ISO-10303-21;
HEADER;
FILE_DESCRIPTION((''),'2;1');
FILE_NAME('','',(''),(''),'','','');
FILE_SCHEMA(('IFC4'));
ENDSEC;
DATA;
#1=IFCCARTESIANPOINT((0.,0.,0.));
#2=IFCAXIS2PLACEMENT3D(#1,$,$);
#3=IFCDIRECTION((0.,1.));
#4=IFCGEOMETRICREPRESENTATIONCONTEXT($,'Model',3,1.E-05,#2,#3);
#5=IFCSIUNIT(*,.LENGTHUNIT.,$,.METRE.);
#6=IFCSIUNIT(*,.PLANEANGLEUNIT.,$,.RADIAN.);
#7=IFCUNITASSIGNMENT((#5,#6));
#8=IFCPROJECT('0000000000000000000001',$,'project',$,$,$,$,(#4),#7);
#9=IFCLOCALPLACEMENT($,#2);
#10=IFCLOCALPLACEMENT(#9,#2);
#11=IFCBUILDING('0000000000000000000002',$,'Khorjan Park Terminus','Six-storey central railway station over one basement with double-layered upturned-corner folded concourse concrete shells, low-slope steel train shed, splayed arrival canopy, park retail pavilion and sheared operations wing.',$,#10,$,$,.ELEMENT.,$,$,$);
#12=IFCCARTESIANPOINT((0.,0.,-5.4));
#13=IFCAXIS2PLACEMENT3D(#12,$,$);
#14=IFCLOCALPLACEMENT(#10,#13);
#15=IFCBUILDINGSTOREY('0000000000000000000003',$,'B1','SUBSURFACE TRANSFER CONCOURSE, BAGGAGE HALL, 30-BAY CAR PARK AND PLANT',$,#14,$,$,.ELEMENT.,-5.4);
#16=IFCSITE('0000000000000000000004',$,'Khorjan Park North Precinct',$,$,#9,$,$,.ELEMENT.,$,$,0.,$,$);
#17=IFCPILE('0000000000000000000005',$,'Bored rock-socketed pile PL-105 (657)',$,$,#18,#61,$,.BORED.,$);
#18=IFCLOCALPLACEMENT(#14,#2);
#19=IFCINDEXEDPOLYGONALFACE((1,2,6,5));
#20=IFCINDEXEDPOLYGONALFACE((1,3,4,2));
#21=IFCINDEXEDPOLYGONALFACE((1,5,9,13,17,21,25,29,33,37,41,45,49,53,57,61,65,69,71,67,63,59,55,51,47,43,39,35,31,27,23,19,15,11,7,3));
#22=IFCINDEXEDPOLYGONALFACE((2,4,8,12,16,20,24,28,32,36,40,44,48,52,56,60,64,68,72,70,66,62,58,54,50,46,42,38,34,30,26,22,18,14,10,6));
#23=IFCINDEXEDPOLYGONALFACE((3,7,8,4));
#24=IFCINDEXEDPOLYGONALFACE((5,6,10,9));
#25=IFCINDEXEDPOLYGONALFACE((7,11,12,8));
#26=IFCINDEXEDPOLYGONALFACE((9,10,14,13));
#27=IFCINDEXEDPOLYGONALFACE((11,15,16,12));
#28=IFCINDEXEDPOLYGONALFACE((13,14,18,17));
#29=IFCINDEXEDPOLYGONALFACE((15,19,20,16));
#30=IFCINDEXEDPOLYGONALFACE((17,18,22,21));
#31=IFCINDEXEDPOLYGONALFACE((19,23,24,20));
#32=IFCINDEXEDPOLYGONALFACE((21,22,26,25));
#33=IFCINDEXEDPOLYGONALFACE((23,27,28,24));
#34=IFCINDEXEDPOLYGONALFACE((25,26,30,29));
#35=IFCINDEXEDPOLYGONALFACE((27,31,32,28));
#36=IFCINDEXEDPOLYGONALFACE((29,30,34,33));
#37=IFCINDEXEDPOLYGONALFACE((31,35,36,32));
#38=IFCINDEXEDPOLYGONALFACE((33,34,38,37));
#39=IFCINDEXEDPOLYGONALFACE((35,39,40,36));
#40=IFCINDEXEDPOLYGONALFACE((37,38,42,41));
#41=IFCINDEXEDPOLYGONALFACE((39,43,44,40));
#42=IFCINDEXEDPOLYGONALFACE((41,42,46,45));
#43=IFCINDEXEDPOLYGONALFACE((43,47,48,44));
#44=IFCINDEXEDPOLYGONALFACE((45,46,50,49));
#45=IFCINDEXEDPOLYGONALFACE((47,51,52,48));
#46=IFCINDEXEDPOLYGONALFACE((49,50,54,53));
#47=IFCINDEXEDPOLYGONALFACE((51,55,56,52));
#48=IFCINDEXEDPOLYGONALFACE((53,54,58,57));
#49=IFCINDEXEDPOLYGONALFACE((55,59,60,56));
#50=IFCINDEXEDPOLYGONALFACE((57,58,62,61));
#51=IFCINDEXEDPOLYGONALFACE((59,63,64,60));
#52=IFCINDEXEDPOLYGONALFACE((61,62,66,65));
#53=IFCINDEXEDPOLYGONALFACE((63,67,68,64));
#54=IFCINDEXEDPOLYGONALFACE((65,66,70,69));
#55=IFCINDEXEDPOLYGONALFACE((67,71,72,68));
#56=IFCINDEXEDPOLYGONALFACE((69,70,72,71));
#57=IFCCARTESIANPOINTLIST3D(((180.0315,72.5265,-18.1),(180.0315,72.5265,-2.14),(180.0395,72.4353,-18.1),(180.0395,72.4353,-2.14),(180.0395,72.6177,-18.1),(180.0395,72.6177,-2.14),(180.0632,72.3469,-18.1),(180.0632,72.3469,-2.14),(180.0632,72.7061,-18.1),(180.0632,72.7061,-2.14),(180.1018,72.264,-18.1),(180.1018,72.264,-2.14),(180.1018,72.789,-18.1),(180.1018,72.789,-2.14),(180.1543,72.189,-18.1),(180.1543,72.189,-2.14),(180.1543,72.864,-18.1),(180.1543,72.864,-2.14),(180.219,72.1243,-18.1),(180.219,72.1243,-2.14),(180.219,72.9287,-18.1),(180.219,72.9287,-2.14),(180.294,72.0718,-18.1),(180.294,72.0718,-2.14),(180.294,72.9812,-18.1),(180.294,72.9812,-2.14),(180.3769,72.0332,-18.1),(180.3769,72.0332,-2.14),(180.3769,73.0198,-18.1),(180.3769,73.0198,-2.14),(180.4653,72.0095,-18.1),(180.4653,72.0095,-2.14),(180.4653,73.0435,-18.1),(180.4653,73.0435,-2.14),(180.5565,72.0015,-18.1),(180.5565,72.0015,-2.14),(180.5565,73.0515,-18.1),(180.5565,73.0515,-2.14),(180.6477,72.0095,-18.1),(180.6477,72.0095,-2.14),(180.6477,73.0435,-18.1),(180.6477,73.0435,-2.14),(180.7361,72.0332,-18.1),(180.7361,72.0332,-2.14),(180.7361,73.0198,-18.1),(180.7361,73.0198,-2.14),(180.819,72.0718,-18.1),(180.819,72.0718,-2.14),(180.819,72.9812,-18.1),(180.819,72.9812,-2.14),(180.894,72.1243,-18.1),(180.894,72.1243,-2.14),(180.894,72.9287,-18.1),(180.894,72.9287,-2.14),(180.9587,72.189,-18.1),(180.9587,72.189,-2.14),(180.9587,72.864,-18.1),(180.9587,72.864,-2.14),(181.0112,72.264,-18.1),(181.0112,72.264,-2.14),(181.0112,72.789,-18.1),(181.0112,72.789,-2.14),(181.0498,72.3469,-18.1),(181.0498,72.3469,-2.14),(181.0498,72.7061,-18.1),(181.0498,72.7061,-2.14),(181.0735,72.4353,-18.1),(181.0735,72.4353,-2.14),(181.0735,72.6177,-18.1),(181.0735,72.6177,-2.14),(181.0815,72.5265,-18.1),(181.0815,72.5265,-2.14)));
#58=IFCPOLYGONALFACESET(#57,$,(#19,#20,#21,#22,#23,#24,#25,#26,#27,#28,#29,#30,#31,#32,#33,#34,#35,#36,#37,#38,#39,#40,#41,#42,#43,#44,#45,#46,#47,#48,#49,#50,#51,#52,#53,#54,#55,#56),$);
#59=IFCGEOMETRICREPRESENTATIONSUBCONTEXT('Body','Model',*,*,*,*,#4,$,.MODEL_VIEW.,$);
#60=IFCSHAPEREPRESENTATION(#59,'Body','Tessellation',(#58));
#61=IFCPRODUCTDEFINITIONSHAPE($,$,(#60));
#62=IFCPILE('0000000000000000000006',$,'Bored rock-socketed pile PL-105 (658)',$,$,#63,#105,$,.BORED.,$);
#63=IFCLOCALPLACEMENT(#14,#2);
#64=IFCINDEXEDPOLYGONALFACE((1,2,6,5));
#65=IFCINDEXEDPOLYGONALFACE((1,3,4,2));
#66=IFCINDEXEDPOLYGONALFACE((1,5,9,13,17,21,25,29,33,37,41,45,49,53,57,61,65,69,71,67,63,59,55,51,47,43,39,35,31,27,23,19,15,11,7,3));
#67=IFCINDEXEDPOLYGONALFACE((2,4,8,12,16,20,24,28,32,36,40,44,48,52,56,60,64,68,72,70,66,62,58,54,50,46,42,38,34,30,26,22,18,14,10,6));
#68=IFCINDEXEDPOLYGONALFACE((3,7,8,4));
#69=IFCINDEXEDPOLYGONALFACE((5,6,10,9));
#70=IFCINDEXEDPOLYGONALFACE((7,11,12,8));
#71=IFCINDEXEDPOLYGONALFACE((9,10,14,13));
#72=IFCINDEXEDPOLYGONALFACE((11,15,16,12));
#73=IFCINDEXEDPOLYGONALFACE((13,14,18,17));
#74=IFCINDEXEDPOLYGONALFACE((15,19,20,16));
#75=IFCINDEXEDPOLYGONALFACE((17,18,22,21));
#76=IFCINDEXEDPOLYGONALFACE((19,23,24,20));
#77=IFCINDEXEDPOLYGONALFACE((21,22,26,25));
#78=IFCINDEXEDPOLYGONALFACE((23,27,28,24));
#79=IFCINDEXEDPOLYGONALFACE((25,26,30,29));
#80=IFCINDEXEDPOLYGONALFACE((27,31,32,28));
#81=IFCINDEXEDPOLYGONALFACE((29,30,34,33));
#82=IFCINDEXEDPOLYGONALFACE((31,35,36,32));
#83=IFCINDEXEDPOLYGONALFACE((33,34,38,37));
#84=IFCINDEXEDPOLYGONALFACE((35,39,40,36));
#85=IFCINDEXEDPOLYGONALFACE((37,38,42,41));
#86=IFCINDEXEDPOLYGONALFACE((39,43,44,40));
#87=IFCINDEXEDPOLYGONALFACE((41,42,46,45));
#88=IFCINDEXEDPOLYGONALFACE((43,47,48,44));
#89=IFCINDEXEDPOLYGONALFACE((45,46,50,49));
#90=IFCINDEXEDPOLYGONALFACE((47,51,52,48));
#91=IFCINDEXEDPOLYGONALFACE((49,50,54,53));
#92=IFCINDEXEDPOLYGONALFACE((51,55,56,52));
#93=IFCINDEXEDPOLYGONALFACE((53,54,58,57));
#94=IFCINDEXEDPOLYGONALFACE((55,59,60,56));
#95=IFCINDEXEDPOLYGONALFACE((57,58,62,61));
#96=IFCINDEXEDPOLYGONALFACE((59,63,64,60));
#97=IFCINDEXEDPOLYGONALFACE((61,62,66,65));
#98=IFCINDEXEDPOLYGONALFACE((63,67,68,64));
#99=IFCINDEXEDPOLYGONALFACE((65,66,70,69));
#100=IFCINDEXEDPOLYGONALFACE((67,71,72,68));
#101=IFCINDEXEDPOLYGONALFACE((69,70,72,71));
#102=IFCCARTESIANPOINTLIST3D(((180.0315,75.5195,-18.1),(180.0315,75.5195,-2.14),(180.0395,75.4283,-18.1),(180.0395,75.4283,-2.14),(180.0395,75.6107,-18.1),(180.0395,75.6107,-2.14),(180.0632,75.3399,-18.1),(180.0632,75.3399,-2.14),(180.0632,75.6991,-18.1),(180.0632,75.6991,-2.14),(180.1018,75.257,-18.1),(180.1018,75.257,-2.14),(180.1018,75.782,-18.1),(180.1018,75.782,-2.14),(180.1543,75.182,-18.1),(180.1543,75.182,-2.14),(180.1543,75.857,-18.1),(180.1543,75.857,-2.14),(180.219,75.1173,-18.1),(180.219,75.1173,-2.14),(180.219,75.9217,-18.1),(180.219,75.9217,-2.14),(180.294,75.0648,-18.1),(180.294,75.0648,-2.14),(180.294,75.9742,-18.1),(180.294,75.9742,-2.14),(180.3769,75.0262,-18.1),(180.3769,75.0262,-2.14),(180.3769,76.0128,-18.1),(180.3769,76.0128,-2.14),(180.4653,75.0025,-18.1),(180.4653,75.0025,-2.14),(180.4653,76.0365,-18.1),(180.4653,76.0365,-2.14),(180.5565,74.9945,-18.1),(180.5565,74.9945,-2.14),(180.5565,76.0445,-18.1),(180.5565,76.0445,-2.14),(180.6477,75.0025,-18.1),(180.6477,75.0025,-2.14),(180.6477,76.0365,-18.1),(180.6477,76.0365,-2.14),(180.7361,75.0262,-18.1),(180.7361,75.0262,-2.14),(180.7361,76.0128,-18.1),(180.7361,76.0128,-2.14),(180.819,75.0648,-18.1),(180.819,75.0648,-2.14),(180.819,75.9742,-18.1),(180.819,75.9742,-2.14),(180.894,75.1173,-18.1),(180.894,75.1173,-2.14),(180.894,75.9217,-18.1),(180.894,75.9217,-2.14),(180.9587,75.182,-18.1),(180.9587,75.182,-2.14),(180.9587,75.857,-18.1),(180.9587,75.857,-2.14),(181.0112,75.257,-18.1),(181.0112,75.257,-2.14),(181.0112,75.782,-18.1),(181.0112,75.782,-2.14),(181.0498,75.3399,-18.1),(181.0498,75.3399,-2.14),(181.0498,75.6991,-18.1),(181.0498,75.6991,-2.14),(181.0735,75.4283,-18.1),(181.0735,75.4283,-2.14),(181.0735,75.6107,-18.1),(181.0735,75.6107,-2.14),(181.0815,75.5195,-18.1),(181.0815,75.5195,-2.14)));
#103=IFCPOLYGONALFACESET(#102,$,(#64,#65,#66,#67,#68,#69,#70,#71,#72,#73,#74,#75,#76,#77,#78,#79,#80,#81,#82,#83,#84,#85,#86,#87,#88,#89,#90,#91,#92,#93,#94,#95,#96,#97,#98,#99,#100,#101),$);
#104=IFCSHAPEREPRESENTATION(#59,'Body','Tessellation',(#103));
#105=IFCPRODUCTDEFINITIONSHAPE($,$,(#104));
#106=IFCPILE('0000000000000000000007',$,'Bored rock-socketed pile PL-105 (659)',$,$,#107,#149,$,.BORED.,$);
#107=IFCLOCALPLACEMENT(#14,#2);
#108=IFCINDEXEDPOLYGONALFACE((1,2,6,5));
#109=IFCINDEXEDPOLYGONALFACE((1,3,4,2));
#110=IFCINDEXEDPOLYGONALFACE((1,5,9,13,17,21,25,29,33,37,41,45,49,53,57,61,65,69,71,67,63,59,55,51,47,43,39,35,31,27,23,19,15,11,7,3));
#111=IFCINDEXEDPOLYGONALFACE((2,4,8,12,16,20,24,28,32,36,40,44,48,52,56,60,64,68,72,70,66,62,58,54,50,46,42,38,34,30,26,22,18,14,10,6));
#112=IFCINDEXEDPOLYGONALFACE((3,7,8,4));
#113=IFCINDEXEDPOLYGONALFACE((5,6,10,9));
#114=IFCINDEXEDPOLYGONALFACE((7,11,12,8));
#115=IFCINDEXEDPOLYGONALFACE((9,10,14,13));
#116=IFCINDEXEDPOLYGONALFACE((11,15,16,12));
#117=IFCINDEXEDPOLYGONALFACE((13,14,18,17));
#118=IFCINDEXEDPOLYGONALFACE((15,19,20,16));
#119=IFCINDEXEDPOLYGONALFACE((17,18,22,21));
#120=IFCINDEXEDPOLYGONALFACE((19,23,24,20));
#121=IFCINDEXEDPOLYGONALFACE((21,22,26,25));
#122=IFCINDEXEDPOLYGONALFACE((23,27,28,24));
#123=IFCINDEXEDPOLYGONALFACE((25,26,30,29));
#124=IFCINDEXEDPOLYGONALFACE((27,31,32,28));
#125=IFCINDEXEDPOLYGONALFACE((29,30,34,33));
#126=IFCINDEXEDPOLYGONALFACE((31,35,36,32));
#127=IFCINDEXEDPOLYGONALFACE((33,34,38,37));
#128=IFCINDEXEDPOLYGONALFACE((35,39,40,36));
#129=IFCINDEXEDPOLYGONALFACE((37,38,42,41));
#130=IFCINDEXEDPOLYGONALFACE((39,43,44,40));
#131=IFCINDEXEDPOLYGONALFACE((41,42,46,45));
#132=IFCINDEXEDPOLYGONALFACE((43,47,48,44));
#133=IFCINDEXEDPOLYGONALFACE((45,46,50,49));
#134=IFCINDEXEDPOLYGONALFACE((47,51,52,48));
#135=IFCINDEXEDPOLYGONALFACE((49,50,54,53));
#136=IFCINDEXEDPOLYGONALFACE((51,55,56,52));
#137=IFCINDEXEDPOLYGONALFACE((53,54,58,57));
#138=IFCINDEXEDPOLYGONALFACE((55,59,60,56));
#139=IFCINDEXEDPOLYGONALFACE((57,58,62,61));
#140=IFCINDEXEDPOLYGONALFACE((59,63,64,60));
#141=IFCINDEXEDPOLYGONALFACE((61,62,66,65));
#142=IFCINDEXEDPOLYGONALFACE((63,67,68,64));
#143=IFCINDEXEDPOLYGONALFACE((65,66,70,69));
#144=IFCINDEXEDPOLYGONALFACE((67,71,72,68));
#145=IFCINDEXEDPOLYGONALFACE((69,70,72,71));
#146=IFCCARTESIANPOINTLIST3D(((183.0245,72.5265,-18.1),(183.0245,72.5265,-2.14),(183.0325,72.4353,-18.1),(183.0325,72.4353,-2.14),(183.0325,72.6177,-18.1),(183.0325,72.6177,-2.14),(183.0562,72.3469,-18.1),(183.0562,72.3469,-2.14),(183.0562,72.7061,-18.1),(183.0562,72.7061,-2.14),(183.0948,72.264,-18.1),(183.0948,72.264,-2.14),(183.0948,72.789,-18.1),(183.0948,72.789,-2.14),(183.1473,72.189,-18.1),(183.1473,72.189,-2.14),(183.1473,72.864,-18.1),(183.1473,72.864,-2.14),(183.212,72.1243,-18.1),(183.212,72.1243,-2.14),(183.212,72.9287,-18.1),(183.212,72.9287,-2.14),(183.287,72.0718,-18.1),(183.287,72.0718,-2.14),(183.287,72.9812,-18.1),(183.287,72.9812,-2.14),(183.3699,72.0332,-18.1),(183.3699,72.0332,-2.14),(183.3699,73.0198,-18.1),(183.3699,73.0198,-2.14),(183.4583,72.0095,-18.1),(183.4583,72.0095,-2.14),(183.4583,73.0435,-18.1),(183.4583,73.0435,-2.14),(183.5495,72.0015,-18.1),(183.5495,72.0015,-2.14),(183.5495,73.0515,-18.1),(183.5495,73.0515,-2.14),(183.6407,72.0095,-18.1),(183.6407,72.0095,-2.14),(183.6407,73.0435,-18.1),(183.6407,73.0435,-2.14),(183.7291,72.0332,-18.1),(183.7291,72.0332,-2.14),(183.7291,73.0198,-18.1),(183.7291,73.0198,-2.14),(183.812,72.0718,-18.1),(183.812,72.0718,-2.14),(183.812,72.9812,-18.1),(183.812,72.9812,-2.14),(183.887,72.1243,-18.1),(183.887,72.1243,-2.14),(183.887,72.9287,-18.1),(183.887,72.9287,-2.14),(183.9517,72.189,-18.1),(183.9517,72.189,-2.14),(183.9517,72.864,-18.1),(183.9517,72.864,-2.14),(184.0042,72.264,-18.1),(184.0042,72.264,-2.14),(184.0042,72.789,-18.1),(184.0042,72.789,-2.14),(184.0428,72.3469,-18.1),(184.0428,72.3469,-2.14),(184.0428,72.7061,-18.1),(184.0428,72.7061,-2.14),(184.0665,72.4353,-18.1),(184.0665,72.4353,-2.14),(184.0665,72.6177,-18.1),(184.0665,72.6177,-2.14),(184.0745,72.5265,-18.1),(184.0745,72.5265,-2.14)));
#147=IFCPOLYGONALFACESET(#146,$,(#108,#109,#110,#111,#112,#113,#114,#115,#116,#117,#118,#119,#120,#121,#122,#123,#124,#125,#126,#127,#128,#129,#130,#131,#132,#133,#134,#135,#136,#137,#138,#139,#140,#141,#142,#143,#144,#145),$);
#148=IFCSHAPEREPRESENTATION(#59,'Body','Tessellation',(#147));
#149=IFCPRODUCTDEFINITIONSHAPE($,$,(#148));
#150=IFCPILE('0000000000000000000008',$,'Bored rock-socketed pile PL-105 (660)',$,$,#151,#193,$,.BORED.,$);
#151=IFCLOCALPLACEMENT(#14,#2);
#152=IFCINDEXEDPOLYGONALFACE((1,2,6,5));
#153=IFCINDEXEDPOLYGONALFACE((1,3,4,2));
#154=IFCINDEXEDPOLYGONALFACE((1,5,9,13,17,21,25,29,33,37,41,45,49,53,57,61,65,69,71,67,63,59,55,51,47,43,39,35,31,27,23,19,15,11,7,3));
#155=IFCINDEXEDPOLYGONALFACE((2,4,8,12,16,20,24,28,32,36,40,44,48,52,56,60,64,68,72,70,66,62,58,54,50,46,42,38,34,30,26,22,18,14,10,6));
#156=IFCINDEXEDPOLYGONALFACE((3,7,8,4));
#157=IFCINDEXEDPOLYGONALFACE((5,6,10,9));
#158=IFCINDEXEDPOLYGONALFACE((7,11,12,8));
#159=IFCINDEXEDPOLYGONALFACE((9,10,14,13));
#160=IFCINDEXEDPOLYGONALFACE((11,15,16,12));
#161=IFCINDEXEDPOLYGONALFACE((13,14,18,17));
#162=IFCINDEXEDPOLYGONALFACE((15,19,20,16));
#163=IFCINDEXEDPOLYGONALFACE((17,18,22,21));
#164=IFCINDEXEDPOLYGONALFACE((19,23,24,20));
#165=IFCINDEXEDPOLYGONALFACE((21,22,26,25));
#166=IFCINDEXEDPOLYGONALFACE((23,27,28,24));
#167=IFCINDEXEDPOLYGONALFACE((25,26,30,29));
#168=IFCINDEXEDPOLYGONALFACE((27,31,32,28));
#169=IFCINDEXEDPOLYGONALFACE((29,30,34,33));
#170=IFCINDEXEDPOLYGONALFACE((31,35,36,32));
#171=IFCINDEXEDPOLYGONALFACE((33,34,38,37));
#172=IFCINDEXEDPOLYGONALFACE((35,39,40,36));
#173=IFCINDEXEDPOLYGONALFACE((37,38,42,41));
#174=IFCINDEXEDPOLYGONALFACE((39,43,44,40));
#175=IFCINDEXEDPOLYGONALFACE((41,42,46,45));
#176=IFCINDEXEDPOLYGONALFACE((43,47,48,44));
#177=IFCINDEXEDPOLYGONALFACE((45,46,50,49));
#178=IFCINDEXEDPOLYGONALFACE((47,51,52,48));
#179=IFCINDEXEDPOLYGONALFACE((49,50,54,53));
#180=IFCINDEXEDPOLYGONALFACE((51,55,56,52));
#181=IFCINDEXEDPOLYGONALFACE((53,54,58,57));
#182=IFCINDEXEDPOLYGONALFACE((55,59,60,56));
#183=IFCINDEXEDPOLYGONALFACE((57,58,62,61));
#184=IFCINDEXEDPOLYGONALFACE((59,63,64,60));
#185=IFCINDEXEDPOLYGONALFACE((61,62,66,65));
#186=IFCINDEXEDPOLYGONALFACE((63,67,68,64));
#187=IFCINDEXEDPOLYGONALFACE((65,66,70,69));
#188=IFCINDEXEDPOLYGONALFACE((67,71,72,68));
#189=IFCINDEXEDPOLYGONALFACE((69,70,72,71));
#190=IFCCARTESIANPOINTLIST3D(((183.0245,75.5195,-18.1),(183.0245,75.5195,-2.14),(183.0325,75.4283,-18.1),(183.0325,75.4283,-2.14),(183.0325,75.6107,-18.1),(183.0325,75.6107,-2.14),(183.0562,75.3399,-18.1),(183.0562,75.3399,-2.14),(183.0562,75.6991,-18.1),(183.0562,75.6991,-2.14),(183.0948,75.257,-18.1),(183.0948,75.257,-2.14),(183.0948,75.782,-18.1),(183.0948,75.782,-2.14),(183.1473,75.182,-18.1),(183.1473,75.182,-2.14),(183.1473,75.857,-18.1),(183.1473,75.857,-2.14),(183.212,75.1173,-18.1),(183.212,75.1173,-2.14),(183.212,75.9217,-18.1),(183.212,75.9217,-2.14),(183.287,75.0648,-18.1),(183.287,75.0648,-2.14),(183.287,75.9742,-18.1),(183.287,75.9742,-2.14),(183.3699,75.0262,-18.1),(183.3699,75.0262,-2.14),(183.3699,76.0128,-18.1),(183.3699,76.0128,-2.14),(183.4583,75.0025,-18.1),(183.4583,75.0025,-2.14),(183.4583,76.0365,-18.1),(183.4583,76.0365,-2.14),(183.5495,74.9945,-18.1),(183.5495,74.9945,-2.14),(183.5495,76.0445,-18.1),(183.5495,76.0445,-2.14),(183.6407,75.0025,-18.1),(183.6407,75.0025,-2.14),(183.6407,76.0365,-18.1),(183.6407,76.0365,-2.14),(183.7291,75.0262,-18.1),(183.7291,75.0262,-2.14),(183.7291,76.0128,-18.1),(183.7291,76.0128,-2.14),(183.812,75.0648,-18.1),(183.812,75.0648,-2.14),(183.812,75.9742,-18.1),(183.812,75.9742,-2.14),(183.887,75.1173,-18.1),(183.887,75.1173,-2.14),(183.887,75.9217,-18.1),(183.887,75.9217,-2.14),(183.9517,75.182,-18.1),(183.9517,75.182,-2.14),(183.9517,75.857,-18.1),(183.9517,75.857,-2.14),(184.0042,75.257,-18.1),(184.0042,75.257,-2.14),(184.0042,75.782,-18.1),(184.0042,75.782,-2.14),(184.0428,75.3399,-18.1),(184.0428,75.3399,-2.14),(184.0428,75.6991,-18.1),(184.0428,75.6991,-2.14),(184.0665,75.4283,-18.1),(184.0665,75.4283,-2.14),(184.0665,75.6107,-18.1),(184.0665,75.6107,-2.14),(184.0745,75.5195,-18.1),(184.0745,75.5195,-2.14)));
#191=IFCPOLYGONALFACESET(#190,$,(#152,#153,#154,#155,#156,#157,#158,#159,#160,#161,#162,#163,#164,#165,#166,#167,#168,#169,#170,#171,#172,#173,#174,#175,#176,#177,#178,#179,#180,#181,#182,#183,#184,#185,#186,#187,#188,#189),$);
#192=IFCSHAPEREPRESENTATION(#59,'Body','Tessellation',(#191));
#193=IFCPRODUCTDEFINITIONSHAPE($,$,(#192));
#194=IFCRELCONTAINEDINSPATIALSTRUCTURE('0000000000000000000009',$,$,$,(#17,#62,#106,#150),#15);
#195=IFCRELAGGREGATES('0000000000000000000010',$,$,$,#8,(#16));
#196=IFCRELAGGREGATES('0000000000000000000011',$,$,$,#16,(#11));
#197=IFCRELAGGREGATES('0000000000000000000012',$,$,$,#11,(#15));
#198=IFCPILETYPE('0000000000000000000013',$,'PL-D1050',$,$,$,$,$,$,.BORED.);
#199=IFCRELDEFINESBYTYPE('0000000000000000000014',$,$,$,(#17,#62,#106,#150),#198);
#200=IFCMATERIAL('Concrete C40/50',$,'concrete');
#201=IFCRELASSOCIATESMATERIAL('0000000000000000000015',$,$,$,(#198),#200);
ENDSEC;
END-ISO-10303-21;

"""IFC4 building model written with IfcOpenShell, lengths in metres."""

from ifc_helpers import new_model, si_unit, direction, frame, origin, origin_2d, place, context, subcontext, project, spatial, circle, extrude, material, material_profile, profile_set, type_object, element, save


model = new_model("IFC4")

# Units and contexts
model_context = context("Model", 3, precision=1e-05, world=origin(), true_north=direction((0.0, 1.0)))
body_context = subcontext(model_context, "Body", "Model", "MODEL_VIEW")
ifc_project = project(units=[si_unit("LENGTHUNIT", "METRE"), si_unit("PLANEANGLEUNIT", "RADIAN")], contexts=[model_context])

# Site, building, storey
site_placement = place(None, origin())
site = spatial("IfcSite", under=ifc_project, at=site_placement, Name="Khorjan Park North Precinct", CompositionType="ELEMENT", RefElevation=0.0)
building_placement = place(site_placement, origin())
building = spatial("IfcBuilding", under=site, at=building_placement, Name="Khorjan Park Terminus", Description="Six-storey central railway station over one basement with double-layered upturned-corner folded concourse concrete shells, low-slope steel train shed, splayed arrival canopy, park retail pavilion and sheared operations wing.", CompositionType="ELEMENT")
storey_placement = place(building_placement, frame((0.0, 0.0, -5.4)))
storey = spatial("IfcBuildingStorey", under=building, at=storey_placement, Name="B1", Description="SUBSURFACE TRANSFER CONCOURSE, BAGGAGE HALL, 30-BAY CAR PARK AND PLANT", CompositionType="ELEMENT", Elevation=-5.4)

# Piles
ifc_material_1 = material(Name="Concrete C40/50", Category="concrete")
ifc_material_profile_1 = material_profile(ifc_material_1, circle(Radius=0.525, at=origin_2d()), Name="BORED D1050")
ifc_profile_set_1 = profile_set([ifc_material_profile_1], Name="Concrete C40/50")
pile_type_1 = type_object("IfcPileType", Name="PL-D1050", PredefinedType="BORED", material=ifc_profile_set_1)
for number, where, z_axis, x_axis, name in (
    (1, (180.5565, 72.5265, -2.14), (0.0, 0.0, -1.0), (1.0, 0.0, 0.0), "Bored rock-socketed pile PL-105 (657)"),
    (2, (180.5565, 75.5195, -2.14), (0.0, 0.0, -1.0), (1.0, 0.0, 0.0), "Bored rock-socketed pile PL-105 (658)"),
    (3, (183.5495, 72.5265, -2.14), (0.0, 0.0, -1.0), (1.0, 0.0, 0.0), "Bored rock-socketed pile PL-105 (659)"),
    (4, (183.5495, 75.5195, -2.14), (0.0, 0.0, -1.0), (1.0, 0.0, 0.0), "Bored rock-socketed pile PL-105 (660)"),
):
    element("IfcPile", number, at=place(storey_placement, frame(where, z_axis=z_axis, x_axis=x_axis)), inside=storey, type_object=pile_type_1, Name=name, PredefinedType="BORED", context=body_context, shape_type="SweptSolid", body=[
        extrude(circle(Radius=0.525, at=origin_2d()), origin(), (0.0, 0.0, 1.0), 15.96),
    ])

save(model, "model.ifc")
